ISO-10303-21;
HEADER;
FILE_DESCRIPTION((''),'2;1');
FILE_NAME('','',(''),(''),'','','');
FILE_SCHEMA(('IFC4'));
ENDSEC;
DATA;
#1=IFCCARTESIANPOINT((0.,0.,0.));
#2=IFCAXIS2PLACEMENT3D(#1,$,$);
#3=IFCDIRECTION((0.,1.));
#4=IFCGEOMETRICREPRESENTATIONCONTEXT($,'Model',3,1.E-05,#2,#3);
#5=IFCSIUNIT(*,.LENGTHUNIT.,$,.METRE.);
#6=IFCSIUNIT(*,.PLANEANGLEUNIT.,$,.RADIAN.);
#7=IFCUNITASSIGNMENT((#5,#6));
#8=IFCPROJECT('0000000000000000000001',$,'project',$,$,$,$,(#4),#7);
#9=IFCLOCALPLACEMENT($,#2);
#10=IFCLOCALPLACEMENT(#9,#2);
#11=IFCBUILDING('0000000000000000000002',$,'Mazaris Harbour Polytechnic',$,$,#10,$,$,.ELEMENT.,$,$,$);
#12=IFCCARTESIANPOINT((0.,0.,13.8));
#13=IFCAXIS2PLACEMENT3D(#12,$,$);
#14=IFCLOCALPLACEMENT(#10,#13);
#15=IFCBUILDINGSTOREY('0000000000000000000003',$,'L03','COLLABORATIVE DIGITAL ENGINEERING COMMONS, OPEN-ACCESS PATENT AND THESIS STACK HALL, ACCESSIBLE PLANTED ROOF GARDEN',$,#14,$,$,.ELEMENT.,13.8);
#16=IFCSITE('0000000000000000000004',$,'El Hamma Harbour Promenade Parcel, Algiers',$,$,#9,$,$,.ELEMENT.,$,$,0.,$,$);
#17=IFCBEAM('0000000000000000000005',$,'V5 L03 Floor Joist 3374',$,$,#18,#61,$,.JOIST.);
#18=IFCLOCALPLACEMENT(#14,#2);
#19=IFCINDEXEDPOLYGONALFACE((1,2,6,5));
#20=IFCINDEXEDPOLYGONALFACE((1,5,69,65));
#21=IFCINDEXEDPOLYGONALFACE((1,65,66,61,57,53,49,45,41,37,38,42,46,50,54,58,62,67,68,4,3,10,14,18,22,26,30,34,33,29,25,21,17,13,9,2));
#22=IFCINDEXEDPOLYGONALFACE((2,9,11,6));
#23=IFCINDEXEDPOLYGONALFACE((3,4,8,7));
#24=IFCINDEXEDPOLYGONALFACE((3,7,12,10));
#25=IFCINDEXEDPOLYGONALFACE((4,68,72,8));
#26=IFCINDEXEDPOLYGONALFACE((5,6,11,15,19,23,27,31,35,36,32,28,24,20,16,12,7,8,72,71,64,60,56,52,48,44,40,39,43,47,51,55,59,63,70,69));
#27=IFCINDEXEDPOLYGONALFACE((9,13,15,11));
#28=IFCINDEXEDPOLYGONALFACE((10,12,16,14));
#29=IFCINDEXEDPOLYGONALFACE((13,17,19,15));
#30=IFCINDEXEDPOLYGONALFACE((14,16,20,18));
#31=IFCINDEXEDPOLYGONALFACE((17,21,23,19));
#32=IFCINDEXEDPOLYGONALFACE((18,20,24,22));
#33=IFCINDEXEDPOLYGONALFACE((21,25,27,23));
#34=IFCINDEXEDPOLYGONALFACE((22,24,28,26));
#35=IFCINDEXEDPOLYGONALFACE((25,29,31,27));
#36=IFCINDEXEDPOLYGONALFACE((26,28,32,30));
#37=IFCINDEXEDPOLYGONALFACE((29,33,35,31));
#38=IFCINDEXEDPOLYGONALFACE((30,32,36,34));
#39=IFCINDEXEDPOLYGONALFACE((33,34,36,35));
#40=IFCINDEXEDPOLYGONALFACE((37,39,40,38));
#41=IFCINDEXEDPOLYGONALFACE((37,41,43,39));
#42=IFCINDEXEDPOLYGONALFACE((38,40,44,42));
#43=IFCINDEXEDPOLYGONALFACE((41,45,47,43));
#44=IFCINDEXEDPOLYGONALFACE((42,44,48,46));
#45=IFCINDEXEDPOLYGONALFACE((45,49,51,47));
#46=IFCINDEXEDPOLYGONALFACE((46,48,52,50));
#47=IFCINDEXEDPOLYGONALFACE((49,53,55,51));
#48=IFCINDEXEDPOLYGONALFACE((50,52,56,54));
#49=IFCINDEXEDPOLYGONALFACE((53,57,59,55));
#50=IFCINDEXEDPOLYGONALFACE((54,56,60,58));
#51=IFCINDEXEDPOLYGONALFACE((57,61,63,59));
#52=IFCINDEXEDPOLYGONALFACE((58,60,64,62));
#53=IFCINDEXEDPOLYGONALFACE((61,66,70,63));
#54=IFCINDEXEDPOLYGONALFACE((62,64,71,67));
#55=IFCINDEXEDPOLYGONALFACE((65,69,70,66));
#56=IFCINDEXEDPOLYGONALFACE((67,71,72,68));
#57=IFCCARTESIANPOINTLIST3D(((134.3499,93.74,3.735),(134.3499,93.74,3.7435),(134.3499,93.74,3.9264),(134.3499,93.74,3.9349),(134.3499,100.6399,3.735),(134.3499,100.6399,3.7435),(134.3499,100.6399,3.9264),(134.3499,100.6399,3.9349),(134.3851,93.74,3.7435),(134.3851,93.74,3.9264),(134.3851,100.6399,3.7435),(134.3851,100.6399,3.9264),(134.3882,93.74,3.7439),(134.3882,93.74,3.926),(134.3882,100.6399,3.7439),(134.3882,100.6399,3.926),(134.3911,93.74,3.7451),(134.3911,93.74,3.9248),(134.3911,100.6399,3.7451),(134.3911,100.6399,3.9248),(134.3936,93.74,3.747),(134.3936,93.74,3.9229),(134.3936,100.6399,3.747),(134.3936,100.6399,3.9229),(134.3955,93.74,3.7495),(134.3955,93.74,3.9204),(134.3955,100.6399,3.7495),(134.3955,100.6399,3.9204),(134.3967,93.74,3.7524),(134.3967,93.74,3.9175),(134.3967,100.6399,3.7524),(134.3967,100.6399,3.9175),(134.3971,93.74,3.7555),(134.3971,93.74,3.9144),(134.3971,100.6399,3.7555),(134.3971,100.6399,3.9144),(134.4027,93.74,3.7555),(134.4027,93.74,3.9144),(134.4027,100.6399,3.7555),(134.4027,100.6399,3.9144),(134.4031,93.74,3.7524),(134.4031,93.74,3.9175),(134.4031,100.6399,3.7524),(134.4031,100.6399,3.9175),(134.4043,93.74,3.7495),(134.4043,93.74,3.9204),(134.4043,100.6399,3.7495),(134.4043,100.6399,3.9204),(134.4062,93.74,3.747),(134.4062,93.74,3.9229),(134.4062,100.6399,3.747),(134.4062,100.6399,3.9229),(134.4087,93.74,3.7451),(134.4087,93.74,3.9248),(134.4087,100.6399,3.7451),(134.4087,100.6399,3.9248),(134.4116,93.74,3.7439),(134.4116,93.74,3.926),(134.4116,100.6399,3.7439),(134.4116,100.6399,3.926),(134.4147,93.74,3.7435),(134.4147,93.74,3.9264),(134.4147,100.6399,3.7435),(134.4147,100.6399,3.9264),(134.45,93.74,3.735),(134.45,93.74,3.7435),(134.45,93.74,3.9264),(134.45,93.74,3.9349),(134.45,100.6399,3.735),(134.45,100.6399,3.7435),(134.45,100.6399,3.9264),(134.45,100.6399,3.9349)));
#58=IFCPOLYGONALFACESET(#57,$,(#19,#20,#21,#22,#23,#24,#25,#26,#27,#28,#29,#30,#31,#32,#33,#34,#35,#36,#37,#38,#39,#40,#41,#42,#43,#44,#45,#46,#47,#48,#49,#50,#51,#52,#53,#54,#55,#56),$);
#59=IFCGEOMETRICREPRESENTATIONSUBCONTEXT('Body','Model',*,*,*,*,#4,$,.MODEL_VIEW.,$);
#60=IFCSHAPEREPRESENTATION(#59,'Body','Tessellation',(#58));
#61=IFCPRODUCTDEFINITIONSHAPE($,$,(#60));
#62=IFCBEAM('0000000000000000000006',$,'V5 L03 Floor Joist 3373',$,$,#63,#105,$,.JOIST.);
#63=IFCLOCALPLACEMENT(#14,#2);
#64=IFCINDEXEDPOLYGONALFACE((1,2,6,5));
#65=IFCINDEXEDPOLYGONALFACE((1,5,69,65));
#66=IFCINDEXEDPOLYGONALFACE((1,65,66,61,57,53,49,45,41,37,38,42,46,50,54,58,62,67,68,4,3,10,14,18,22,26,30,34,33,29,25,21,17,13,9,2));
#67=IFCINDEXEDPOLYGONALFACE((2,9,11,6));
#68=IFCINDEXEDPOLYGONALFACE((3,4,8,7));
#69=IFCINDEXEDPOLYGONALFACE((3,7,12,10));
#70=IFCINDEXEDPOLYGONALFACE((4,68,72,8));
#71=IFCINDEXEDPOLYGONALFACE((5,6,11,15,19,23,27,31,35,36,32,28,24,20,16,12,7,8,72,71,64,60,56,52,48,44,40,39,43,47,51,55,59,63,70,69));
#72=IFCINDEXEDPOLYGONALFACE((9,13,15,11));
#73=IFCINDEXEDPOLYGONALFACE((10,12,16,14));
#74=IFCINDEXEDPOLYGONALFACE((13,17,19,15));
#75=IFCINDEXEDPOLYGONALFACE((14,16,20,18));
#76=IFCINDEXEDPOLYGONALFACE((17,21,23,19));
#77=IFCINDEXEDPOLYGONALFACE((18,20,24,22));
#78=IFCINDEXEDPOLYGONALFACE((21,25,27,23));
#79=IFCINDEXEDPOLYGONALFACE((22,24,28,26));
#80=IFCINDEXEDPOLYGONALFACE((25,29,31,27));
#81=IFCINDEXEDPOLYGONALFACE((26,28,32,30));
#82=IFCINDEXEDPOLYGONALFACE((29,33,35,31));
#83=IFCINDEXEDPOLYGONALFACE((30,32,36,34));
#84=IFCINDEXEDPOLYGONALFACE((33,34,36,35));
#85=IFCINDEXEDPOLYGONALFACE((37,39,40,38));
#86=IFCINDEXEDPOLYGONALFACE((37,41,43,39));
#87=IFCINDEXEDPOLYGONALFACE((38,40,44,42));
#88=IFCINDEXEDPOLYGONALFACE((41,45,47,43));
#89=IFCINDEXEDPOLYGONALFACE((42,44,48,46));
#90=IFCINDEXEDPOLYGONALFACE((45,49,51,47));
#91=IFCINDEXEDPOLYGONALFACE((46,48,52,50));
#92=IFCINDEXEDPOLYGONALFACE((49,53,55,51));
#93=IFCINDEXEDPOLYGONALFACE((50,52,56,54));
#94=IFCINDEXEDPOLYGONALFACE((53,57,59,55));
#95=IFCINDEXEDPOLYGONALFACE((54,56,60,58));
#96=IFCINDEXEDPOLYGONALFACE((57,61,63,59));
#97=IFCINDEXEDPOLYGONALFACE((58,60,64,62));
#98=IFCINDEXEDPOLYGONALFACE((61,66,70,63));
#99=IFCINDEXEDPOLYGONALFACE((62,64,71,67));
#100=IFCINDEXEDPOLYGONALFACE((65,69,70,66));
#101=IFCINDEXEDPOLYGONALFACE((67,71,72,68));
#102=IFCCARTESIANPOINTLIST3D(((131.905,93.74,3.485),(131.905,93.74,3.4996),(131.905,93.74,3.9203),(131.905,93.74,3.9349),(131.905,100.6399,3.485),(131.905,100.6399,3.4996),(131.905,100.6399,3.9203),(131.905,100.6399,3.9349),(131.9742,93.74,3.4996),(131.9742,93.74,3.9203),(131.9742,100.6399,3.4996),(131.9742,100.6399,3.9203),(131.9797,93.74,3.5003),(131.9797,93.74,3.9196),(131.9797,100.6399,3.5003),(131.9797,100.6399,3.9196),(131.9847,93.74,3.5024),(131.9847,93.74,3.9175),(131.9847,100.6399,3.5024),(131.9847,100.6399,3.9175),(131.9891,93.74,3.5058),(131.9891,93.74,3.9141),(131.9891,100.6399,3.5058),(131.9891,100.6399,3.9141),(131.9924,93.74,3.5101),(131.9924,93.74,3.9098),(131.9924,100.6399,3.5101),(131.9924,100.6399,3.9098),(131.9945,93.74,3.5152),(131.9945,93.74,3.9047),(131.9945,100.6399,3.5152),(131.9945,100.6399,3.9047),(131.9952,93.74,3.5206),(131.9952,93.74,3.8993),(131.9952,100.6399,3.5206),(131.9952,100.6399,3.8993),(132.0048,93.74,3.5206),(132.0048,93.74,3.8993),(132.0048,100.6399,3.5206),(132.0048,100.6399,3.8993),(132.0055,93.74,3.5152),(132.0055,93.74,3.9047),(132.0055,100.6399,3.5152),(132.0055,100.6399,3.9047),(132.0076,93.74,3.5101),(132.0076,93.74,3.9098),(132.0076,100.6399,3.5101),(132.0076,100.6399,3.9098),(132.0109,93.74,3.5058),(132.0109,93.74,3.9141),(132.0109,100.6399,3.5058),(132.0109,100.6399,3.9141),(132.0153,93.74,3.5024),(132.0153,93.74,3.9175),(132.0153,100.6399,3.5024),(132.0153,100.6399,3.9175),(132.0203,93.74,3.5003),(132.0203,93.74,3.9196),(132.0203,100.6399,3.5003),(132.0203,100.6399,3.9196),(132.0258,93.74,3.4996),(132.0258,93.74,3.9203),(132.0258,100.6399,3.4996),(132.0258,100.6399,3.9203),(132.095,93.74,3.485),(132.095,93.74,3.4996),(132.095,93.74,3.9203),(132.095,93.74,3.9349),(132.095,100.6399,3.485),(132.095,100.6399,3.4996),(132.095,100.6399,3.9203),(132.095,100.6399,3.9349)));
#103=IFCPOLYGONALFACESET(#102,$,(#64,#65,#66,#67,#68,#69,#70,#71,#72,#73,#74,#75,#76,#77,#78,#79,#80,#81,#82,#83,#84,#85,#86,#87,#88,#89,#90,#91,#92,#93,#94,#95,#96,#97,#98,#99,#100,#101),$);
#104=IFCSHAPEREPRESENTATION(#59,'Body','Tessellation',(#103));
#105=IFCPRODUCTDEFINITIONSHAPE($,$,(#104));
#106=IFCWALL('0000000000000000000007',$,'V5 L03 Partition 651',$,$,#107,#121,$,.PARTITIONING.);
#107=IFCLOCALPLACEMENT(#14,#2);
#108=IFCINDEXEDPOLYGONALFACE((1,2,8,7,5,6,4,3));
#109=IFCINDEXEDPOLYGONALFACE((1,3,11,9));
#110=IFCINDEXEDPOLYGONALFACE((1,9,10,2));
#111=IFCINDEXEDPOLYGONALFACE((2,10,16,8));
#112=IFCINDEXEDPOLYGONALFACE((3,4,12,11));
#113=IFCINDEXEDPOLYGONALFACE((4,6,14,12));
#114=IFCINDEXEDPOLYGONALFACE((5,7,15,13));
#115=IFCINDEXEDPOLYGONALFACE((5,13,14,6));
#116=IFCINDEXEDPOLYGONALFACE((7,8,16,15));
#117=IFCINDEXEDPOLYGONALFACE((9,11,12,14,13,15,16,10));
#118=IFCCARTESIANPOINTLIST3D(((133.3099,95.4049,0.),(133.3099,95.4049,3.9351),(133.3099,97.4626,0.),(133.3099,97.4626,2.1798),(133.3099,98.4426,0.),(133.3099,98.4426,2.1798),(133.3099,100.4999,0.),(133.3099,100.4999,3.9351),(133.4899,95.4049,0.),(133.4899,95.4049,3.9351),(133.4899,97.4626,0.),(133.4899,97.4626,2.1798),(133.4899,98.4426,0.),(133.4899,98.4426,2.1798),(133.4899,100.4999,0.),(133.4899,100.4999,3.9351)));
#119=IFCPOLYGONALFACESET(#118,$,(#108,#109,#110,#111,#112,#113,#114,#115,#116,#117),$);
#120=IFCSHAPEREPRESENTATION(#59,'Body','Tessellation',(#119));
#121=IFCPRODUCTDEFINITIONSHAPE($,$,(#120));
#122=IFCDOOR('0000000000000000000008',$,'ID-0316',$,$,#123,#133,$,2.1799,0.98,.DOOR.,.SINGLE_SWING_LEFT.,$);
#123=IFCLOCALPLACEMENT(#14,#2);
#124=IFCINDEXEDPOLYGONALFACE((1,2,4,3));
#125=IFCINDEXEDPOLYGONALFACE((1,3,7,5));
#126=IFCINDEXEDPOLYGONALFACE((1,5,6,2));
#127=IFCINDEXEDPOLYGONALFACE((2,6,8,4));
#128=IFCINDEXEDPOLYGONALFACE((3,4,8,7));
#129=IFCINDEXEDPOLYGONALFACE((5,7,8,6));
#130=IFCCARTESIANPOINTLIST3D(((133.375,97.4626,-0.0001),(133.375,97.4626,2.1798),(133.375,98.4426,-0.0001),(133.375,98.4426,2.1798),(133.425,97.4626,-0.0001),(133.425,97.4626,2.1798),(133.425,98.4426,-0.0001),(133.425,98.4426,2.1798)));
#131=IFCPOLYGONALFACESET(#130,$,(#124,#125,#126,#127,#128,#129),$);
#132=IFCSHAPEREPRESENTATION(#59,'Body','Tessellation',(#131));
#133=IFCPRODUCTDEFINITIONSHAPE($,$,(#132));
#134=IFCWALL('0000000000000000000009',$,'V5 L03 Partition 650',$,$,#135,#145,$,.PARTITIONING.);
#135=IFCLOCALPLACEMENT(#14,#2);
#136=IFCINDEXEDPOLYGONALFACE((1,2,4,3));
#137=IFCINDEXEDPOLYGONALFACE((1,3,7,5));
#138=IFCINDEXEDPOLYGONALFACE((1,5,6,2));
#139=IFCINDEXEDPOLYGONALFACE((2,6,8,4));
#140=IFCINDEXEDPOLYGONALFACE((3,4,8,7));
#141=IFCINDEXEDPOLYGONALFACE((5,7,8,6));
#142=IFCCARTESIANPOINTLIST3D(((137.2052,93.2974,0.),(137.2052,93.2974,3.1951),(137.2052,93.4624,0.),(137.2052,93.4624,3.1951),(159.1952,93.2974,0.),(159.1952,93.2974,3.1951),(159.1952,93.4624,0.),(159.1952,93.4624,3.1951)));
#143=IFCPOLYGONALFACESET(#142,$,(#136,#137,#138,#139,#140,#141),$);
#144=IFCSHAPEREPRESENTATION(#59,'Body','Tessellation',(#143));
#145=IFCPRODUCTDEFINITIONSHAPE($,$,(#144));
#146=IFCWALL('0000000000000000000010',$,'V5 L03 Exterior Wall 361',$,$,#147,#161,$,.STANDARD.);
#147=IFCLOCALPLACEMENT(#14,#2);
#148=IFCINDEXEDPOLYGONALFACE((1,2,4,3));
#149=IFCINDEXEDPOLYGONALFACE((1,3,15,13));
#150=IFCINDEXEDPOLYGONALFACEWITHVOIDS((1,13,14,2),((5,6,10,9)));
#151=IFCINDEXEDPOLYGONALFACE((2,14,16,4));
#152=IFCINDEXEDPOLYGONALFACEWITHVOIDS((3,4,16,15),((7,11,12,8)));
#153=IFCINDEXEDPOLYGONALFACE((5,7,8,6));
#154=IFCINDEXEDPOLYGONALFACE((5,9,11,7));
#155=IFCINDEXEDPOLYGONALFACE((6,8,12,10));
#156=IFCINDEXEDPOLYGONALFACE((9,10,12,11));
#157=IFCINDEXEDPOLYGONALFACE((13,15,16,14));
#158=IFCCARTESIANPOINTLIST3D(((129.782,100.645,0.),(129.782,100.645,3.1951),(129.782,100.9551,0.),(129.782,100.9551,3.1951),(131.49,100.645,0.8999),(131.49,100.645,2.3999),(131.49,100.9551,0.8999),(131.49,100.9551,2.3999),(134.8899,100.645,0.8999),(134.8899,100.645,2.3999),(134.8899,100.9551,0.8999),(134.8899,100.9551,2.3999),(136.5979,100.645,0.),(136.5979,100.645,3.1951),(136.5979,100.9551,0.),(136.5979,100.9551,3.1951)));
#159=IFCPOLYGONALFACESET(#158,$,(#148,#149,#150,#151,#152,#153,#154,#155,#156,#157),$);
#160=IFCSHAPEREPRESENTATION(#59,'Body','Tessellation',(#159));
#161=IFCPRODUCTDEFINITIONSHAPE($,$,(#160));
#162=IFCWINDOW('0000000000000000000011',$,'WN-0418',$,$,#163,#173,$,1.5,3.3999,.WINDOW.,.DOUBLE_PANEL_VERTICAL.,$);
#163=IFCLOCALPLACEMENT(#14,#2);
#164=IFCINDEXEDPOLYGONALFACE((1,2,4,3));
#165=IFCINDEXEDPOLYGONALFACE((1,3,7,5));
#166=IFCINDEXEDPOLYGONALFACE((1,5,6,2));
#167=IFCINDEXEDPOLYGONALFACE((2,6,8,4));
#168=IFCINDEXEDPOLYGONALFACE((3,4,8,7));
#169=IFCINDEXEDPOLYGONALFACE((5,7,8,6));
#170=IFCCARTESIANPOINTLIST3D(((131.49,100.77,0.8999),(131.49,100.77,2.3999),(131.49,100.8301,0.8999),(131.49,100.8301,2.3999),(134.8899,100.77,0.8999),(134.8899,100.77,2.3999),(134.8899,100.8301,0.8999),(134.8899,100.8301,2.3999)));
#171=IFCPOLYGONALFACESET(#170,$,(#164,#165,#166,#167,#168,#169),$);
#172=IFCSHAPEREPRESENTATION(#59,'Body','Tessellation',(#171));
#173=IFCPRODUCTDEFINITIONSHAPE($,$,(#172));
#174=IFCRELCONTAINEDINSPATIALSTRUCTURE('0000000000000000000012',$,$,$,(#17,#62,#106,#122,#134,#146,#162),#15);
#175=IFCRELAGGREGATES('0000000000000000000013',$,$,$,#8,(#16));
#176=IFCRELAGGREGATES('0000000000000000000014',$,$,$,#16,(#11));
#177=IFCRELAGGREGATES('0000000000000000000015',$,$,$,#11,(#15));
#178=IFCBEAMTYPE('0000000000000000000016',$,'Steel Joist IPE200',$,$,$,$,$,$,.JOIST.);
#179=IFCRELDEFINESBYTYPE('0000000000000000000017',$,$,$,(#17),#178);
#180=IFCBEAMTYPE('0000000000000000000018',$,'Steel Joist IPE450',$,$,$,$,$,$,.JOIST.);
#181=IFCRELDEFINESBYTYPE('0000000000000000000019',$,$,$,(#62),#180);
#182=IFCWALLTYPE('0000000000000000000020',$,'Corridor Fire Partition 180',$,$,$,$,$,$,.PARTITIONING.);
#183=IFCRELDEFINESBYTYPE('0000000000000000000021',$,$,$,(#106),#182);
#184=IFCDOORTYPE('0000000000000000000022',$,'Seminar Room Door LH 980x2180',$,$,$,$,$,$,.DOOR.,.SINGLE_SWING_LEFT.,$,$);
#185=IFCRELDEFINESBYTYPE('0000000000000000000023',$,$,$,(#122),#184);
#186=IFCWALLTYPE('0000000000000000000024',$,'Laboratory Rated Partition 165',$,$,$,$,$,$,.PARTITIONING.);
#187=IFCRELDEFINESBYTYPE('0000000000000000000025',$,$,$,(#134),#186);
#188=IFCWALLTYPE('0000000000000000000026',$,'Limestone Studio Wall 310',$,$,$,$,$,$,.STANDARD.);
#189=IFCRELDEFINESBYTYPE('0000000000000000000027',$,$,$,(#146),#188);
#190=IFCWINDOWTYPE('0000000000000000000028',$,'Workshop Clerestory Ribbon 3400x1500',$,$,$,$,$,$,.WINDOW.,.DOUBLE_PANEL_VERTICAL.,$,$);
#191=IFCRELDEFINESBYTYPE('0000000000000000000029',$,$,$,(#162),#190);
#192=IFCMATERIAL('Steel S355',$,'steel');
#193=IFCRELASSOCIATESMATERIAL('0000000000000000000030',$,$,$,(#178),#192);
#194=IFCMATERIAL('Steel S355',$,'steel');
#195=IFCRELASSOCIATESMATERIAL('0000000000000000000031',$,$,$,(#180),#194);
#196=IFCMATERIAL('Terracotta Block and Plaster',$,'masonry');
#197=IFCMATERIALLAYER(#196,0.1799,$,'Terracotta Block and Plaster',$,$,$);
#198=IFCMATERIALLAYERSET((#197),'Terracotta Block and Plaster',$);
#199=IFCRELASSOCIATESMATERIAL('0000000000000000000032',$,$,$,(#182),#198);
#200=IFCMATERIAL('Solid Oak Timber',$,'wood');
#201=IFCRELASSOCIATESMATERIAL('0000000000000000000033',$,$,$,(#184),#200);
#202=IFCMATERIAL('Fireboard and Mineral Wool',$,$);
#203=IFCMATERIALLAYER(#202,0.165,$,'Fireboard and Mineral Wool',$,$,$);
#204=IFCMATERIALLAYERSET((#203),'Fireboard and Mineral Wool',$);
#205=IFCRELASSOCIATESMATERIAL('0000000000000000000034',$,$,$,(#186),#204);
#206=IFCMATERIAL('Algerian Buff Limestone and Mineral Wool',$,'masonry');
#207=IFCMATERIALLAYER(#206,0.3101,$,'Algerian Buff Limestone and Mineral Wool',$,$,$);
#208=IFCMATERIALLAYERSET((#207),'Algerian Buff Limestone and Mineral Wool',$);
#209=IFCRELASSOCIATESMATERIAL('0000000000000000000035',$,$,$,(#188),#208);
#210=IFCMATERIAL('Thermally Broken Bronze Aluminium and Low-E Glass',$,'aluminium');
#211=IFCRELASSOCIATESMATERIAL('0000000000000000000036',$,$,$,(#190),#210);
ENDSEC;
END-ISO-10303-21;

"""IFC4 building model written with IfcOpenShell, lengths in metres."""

from ifc_helpers import new_model, si_unit, direction, frame, frame_2d, origin, origin_2d, place, context, subcontext, project, spatial, rectangle, i_section, extrude, material, layer, layer_set, material_profile, profile_set, type_object, element, fill, save


model = new_model("IFC4")

# Units and contexts
model_context = context("Model", 3, precision=1e-05, world=origin(), true_north=direction((0.0, 1.0)))
body_context = subcontext(model_context, "Body", "Model", "MODEL_VIEW")
ifc_project = project(units=[si_unit("LENGTHUNIT", "METRE"), si_unit("PLANEANGLEUNIT", "RADIAN")], contexts=[model_context])

# Site, building, storey
site_placement = place(None, origin())
site = spatial("IfcSite", under=ifc_project, at=site_placement, Name="El Hamma Harbour Promenade Parcel, Algiers", CompositionType="ELEMENT", RefElevation=0.0)
building_placement = place(site_placement, origin())
building = spatial("IfcBuilding", under=site, at=building_placement, Name="Mazaris Harbour Polytechnic", CompositionType="ELEMENT")
storey_placement = place(building_placement, frame((0.0, 0.0, 13.8)))
storey = spatial("IfcBuildingStorey", under=building, at=storey_placement, Name="L03", Description="COLLABORATIVE DIGITAL ENGINEERING COMMONS, OPEN-ACCESS PATENT AND THESIS STACK HALL, ACCESSIBLE PLANTED ROOF GARDEN", CompositionType="ELEMENT", Elevation=13.8)

# Beams
ifc_material_1 = material(Name="Steel S355", Category="steel")
ifc_material_profile_1 = material_profile(ifc_material_1, i_section(OverallWidth=0.1001, OverallDepth=0.2, WebThickness=0.0056, FlangeThickness=0.0085, FilletRadius=0.012, at=origin_2d()), Name="IPE 200")
ifc_profile_set_1 = profile_set([ifc_material_profile_1], Name="Steel S355")
beam_type_1 = type_object("IfcBeamType", Name="Steel Joist IPE200", PredefinedType="JOIST", material=ifc_profile_set_1)
beam_1_placement = place(storey_placement, frame((134.3999, 93.74, 3.835), z_axis=(0.0, 1.0, 0.0), x_axis=(-1.0, 0.0, 0.0)))
element("IfcBeam", 1, at=beam_1_placement, inside=storey, type_object=beam_type_1, Name="V5 L03 Floor Joist 3374", PredefinedType="JOIST", context=body_context, shape_type="SweptSolid", body=[
    extrude(i_section(OverallWidth=0.1001, OverallDepth=0.2, WebThickness=0.0056, FlangeThickness=0.0085, FilletRadius=0.012, at=origin_2d()), origin(), (0.0, 0.0, 1.0), 6.8999),
])
ifc_material_2 = material(Name="Steel S355", Category="steel")
ifc_material_profile_2 = material_profile(ifc_material_2, i_section(OverallWidth=0.1899, OverallDepth=0.45, WebThickness=0.0095, FlangeThickness=0.0146, FilletRadius=0.021, at=origin_2d()), Name="IPE 450")
ifc_profile_set_2 = profile_set([ifc_material_profile_2], Name="Steel S355")
beam_type_2 = type_object("IfcBeamType", Name="Steel Joist IPE450", PredefinedType="JOIST", material=ifc_profile_set_2)
beam_2_placement = place(storey_placement, frame((132.0, 93.74, 3.71), z_axis=(0.0, 1.0, 0.0), x_axis=(-1.0, 0.0, 0.0)))
element("IfcBeam", 2, at=beam_2_placement, inside=storey, type_object=beam_type_2, Name="V5 L03 Floor Joist 3373", PredefinedType="JOIST", context=body_context, shape_type="SweptSolid", body=[
    extrude(i_section(OverallWidth=0.1899, OverallDepth=0.45, WebThickness=0.0095, FlangeThickness=0.0146, FilletRadius=0.021, at=origin_2d()), origin(), (0.0, 0.0, 1.0), 6.8999),
])

# Wall, opening, door
ifc_material_3 = material(Name="Terracotta Block and Plaster", Category="masonry")
ifc_layer_1 = layer(ifc_material_3, 0.1799, Name="Terracotta Block and Plaster")
ifc_layer_set_1 = layer_set([ifc_layer_1], Name="Terracotta Block and Plaster")
wall_type_1 = type_object("IfcWallType", Name="Corridor Fire Partition 180", PredefinedType="PARTITIONING", material=ifc_layer_set_1)
wall_1_placement = place(storey_placement, frame((133.3999, 95.405, 0.0), z_axis=(0.0, 0.0, 1.0), x_axis=(0.0, 1.0, 0.0)))
wall_1 = element("IfcWall", 3, at=wall_1_placement, inside=storey, type_object=wall_type_1, Name="V5 L03 Partition 651", PredefinedType="PARTITIONING", context=body_context, shape_type="SweptSolid", body=[
    extrude(rectangle(XDim=5.095, YDim=0.1799, at=frame_2d((2.5474, 0.0))), origin(), (0.0, 0.0, 1.0), 3.9351),
])
opening_1_placement = place(wall_1_placement, frame((2.0576, 0.0, 0.0)))
opening_1 = element("IfcOpeningElement", 4, at=opening_1_placement, cuts=wall_1, PredefinedType="OPENING", context=body_context, shape_type="SweptSolid", body=[
    extrude(rectangle(XDim=0.98, YDim=2.1799, at=frame_2d((0.49, 1.0898))), frame((0.0, 0.0999, 0.0), z_axis=(0.0, -1.0, 0.0), x_axis=(1.0, 0.0, 0.0)), (0.0, 0.0, 1.0), 0.2),
])
ifc_material_4 = material(Name="Solid Oak Timber", Category="wood")
door_type_1 = type_object("IfcDoorType", Name="Seminar Room Door LH 980x2180", OperationType="SINGLE_SWING_LEFT", PredefinedType="DOOR", material=ifc_material_4)
door_1_placement = place(opening_1_placement, origin())
door_1 = element("IfcDoor", 5, at=door_1_placement, inside=storey, type_object=door_type_1, Name="ID-0316", OperationType="SINGLE_SWING_LEFT", OverallHeight=2.1799, OverallWidth=0.98, PredefinedType="DOOR", context=body_context, shape_type="SweptSolid", body=[
    extrude(rectangle(XDim=0.98, YDim=2.1799, at=frame_2d((0.49, 1.0898))), frame((0.0, 0.0249, 0.0), z_axis=(0.0, -1.0, 0.0), x_axis=(1.0, 0.0, 0.0)), (0.0, 0.0, 1.0), 0.05),
])
fill(opening_1, door_1)

# Wall
ifc_material_5 = material(Name="Fireboard and Mineral Wool")
ifc_layer_2 = layer(ifc_material_5, 0.165, Name="Fireboard and Mineral Wool")
ifc_layer_set_2 = layer_set([ifc_layer_2], Name="Fireboard and Mineral Wool")
wall_type_2 = type_object("IfcWallType", Name="Laboratory Rated Partition 165", PredefinedType="PARTITIONING", material=ifc_layer_set_2)
wall_2_placement = place(storey_placement, frame((137.2051, 93.3799, 0.0), z_axis=(0.0, 0.0, 1.0), x_axis=(1.0, 0.0, 0.0)))
element("IfcWall", 6, at=wall_2_placement, inside=storey, type_object=wall_type_2, Name="V5 L03 Partition 650", PredefinedType="PARTITIONING", context=body_context, shape_type="SweptSolid", body=[
    extrude(rectangle(XDim=21.99, YDim=0.165, at=frame_2d((10.9951, 0.0))), origin(), (0.0, 0.0, 1.0), 3.1951),
])

# Wall, opening, window
ifc_material_6 = material(Name="Algerian Buff Limestone and Mineral Wool", Category="masonry")
ifc_layer_3 = layer(ifc_material_6, 0.3101, Name="Algerian Buff Limestone and Mineral Wool")
ifc_layer_set_3 = layer_set([ifc_layer_3], Name="Algerian Buff Limestone and Mineral Wool")
wall_type_3 = type_object("IfcWallType", Name="Limestone Studio Wall 310", PredefinedType="STANDARD", material=ifc_layer_set_3)
wall_3_placement = place(storey_placement, frame((129.782, 100.8, 0.0), z_axis=(0.0, 0.0, 1.0), x_axis=(1.0, 0.0, 0.0)))
wall_3 = element("IfcWall", 7, at=wall_3_placement, inside=storey, type_object=wall_type_3, Name="V5 L03 Exterior Wall 361", PredefinedType="STANDARD", context=body_context, shape_type="SweptSolid", body=[
    extrude(rectangle(XDim=6.8159, YDim=0.3101, at=frame_2d((3.408, 0.0))), origin(), (0.0, 0.0, 1.0), 3.1951),
])
opening_2_placement = place(wall_3_placement, frame((1.708, 0.0, 0.8999)))
opening_2 = element("IfcOpeningElement", 8, at=opening_2_placement, cuts=wall_3, PredefinedType="OPENING", context=body_context, shape_type="SweptSolid", body=[
    extrude(rectangle(XDim=3.3999, YDim=1.5, at=frame_2d((1.7, 0.75))), frame((0.0, 0.165, 0.0), z_axis=(0.0, -1.0, 0.0), x_axis=(1.0, 0.0, 0.0)), (0.0, 0.0, 1.0), 0.3301),
])
ifc_material_7 = material(Name="Thermally Broken Bronze Aluminium and Low-E Glass", Category="aluminium")
window_type = type_object("IfcWindowType", Name="Workshop Clerestory Ribbon 3400x1500", PartitioningType="DOUBLE_PANEL_VERTICAL", PredefinedType="WINDOW", material=ifc_material_7)
window_placement = place(opening_2_placement, origin())
window = element("IfcWindow", 9, at=window_placement, inside=storey, type_object=window_type, Name="WN-0418", OverallHeight=1.5, OverallWidth=3.3999, PartitioningType="DOUBLE_PANEL_VERTICAL", PredefinedType="WINDOW", context=body_context, shape_type="SweptSolid", body=[
    extrude(rectangle(XDim=3.3999, YDim=1.5, at=frame_2d((1.7, 0.75))), frame((0.0, 0.03, 0.0), z_axis=(0.0, -1.0, 0.0), x_axis=(1.0, 0.0, 0.0)), (0.0, 0.0, 1.0), 0.0601),
])
fill(opening_2, window)

save(model, "model.ifc")
